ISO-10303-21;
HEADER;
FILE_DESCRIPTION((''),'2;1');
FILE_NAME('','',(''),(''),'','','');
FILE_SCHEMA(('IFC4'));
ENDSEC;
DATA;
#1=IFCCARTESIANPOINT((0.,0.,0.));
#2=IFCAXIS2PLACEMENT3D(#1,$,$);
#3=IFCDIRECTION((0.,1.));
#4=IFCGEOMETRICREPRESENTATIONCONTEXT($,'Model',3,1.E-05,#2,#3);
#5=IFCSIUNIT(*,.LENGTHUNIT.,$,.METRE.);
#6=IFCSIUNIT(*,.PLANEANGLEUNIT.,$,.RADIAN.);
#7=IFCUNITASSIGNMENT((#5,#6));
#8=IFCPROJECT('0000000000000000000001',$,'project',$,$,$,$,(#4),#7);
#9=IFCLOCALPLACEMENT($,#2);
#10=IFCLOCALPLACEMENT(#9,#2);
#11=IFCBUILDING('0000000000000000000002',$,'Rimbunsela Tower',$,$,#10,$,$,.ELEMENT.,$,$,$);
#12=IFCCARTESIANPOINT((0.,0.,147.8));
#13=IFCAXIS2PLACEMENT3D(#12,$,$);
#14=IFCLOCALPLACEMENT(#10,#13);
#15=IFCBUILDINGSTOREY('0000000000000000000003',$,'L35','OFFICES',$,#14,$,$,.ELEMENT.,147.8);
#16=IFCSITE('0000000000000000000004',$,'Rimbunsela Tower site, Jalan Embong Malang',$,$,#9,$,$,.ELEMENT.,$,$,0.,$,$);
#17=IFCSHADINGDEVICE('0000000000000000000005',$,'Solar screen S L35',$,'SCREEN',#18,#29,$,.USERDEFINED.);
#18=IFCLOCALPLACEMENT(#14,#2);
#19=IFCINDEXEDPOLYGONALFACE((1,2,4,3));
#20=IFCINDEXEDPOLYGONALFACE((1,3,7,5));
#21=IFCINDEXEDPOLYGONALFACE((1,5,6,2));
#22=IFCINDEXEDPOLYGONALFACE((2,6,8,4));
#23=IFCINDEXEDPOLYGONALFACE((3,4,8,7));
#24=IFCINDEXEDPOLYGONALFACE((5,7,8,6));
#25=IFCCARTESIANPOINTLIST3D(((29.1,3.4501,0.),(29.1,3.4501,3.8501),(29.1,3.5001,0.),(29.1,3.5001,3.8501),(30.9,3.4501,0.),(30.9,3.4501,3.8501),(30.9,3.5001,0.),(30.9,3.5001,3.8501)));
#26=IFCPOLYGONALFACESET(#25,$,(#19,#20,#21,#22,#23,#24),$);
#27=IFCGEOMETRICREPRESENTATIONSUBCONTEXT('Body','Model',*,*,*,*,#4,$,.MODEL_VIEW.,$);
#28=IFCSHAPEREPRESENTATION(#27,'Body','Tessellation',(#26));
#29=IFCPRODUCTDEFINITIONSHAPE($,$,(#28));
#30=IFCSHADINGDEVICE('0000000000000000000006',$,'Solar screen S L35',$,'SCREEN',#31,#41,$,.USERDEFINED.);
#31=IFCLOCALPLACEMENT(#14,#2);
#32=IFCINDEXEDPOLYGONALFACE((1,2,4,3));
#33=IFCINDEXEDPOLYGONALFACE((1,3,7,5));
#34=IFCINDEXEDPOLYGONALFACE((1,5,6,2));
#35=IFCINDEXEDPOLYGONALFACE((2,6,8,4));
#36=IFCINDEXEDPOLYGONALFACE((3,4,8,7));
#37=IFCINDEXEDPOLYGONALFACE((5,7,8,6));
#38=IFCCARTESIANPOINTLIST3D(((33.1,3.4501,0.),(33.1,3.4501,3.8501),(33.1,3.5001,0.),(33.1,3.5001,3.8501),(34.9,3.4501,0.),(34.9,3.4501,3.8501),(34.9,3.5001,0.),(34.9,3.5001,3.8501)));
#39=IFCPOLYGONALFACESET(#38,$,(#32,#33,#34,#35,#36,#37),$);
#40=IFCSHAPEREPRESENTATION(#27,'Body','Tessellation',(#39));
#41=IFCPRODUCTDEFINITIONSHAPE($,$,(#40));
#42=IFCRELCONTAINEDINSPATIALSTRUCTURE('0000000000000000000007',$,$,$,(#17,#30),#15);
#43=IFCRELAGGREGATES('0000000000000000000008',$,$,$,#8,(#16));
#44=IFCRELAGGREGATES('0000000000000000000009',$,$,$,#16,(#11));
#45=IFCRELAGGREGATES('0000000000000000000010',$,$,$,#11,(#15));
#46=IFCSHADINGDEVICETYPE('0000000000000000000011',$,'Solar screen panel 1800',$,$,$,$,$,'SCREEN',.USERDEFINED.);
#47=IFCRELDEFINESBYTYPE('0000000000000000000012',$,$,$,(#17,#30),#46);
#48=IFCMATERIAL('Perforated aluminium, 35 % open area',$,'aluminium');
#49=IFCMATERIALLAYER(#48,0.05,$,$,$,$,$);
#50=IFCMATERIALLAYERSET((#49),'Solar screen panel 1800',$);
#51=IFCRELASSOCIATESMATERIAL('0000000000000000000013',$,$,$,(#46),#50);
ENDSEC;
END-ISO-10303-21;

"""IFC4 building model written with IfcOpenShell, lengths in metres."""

from ifc_helpers import new_model, si_unit, direction, frame, origin, origin_2d, place, context, subcontext, project, spatial, rectangle, extrude, material, layer, layer_set, type_object, element, save


model = new_model("IFC4")

# Units and contexts
model_context = context("Model", 3, precision=1e-05, world=origin(), true_north=direction((0.0, 1.0)))
body_context = subcontext(model_context, "Body", "Model", "MODEL_VIEW")
ifc_project = project(units=[si_unit("LENGTHUNIT", "METRE"), si_unit("PLANEANGLEUNIT", "RADIAN")], contexts=[model_context])

# Site, building, storey
site_placement = place(None, origin())
site = spatial("IfcSite", under=ifc_project, at=site_placement, Name="Rimbunsela Tower site, Jalan Embong Malang", CompositionType="ELEMENT", RefElevation=0.0)
building_placement = place(site_placement, origin())
building = spatial("IfcBuilding", under=site, at=building_placement, Name="Rimbunsela Tower", CompositionType="ELEMENT")
storey_placement = place(building_placement, frame((0.0, 0.0, 147.8)))
storey = spatial("IfcBuildingStorey", under=building, at=storey_placement, Name="L35", Description="OFFICES", CompositionType="ELEMENT", Elevation=147.8)

# Shading devices
ifc_material_1 = material(Name="Perforated aluminium, 35 % open area", Category="aluminium")
ifc_layer_1 = layer(ifc_material_1, 0.05)
ifc_layer_set_1 = layer_set([ifc_layer_1], Name="Solar screen panel 1800")
shading_device_type = type_object("IfcShadingDeviceType", Name="Solar screen panel 1800", ElementType="SCREEN", PredefinedType="USERDEFINED", material=ifc_layer_set_1)
for number, where, z_axis, x_axis, name in (
    (1, (30.0, 3.4751, 0.0), (0.0, 0.0, 1.0), (1.0, 0.0, 0.0), "Solar screen S L35"),
    (2, (34.0, 3.4751, 0.0), (0.0, 0.0, 1.0), (1.0, 0.0, 0.0), "Solar screen S L35"),
):
    element("IfcShadingDevice", number, at=place(storey_placement, frame(where, z_axis=z_axis, x_axis=x_axis)), inside=storey, type_object=shading_device_type, Name=name, ObjectType="SCREEN", PredefinedType="USERDEFINED", context=body_context, shape_type="SweptSolid", body=[
        extrude(rectangle(XDim=1.8, YDim=0.05, at=origin_2d()), origin(), (0.0, 0.0, 1.0), 3.8501),
    ])

save(model, "model.ifc")
